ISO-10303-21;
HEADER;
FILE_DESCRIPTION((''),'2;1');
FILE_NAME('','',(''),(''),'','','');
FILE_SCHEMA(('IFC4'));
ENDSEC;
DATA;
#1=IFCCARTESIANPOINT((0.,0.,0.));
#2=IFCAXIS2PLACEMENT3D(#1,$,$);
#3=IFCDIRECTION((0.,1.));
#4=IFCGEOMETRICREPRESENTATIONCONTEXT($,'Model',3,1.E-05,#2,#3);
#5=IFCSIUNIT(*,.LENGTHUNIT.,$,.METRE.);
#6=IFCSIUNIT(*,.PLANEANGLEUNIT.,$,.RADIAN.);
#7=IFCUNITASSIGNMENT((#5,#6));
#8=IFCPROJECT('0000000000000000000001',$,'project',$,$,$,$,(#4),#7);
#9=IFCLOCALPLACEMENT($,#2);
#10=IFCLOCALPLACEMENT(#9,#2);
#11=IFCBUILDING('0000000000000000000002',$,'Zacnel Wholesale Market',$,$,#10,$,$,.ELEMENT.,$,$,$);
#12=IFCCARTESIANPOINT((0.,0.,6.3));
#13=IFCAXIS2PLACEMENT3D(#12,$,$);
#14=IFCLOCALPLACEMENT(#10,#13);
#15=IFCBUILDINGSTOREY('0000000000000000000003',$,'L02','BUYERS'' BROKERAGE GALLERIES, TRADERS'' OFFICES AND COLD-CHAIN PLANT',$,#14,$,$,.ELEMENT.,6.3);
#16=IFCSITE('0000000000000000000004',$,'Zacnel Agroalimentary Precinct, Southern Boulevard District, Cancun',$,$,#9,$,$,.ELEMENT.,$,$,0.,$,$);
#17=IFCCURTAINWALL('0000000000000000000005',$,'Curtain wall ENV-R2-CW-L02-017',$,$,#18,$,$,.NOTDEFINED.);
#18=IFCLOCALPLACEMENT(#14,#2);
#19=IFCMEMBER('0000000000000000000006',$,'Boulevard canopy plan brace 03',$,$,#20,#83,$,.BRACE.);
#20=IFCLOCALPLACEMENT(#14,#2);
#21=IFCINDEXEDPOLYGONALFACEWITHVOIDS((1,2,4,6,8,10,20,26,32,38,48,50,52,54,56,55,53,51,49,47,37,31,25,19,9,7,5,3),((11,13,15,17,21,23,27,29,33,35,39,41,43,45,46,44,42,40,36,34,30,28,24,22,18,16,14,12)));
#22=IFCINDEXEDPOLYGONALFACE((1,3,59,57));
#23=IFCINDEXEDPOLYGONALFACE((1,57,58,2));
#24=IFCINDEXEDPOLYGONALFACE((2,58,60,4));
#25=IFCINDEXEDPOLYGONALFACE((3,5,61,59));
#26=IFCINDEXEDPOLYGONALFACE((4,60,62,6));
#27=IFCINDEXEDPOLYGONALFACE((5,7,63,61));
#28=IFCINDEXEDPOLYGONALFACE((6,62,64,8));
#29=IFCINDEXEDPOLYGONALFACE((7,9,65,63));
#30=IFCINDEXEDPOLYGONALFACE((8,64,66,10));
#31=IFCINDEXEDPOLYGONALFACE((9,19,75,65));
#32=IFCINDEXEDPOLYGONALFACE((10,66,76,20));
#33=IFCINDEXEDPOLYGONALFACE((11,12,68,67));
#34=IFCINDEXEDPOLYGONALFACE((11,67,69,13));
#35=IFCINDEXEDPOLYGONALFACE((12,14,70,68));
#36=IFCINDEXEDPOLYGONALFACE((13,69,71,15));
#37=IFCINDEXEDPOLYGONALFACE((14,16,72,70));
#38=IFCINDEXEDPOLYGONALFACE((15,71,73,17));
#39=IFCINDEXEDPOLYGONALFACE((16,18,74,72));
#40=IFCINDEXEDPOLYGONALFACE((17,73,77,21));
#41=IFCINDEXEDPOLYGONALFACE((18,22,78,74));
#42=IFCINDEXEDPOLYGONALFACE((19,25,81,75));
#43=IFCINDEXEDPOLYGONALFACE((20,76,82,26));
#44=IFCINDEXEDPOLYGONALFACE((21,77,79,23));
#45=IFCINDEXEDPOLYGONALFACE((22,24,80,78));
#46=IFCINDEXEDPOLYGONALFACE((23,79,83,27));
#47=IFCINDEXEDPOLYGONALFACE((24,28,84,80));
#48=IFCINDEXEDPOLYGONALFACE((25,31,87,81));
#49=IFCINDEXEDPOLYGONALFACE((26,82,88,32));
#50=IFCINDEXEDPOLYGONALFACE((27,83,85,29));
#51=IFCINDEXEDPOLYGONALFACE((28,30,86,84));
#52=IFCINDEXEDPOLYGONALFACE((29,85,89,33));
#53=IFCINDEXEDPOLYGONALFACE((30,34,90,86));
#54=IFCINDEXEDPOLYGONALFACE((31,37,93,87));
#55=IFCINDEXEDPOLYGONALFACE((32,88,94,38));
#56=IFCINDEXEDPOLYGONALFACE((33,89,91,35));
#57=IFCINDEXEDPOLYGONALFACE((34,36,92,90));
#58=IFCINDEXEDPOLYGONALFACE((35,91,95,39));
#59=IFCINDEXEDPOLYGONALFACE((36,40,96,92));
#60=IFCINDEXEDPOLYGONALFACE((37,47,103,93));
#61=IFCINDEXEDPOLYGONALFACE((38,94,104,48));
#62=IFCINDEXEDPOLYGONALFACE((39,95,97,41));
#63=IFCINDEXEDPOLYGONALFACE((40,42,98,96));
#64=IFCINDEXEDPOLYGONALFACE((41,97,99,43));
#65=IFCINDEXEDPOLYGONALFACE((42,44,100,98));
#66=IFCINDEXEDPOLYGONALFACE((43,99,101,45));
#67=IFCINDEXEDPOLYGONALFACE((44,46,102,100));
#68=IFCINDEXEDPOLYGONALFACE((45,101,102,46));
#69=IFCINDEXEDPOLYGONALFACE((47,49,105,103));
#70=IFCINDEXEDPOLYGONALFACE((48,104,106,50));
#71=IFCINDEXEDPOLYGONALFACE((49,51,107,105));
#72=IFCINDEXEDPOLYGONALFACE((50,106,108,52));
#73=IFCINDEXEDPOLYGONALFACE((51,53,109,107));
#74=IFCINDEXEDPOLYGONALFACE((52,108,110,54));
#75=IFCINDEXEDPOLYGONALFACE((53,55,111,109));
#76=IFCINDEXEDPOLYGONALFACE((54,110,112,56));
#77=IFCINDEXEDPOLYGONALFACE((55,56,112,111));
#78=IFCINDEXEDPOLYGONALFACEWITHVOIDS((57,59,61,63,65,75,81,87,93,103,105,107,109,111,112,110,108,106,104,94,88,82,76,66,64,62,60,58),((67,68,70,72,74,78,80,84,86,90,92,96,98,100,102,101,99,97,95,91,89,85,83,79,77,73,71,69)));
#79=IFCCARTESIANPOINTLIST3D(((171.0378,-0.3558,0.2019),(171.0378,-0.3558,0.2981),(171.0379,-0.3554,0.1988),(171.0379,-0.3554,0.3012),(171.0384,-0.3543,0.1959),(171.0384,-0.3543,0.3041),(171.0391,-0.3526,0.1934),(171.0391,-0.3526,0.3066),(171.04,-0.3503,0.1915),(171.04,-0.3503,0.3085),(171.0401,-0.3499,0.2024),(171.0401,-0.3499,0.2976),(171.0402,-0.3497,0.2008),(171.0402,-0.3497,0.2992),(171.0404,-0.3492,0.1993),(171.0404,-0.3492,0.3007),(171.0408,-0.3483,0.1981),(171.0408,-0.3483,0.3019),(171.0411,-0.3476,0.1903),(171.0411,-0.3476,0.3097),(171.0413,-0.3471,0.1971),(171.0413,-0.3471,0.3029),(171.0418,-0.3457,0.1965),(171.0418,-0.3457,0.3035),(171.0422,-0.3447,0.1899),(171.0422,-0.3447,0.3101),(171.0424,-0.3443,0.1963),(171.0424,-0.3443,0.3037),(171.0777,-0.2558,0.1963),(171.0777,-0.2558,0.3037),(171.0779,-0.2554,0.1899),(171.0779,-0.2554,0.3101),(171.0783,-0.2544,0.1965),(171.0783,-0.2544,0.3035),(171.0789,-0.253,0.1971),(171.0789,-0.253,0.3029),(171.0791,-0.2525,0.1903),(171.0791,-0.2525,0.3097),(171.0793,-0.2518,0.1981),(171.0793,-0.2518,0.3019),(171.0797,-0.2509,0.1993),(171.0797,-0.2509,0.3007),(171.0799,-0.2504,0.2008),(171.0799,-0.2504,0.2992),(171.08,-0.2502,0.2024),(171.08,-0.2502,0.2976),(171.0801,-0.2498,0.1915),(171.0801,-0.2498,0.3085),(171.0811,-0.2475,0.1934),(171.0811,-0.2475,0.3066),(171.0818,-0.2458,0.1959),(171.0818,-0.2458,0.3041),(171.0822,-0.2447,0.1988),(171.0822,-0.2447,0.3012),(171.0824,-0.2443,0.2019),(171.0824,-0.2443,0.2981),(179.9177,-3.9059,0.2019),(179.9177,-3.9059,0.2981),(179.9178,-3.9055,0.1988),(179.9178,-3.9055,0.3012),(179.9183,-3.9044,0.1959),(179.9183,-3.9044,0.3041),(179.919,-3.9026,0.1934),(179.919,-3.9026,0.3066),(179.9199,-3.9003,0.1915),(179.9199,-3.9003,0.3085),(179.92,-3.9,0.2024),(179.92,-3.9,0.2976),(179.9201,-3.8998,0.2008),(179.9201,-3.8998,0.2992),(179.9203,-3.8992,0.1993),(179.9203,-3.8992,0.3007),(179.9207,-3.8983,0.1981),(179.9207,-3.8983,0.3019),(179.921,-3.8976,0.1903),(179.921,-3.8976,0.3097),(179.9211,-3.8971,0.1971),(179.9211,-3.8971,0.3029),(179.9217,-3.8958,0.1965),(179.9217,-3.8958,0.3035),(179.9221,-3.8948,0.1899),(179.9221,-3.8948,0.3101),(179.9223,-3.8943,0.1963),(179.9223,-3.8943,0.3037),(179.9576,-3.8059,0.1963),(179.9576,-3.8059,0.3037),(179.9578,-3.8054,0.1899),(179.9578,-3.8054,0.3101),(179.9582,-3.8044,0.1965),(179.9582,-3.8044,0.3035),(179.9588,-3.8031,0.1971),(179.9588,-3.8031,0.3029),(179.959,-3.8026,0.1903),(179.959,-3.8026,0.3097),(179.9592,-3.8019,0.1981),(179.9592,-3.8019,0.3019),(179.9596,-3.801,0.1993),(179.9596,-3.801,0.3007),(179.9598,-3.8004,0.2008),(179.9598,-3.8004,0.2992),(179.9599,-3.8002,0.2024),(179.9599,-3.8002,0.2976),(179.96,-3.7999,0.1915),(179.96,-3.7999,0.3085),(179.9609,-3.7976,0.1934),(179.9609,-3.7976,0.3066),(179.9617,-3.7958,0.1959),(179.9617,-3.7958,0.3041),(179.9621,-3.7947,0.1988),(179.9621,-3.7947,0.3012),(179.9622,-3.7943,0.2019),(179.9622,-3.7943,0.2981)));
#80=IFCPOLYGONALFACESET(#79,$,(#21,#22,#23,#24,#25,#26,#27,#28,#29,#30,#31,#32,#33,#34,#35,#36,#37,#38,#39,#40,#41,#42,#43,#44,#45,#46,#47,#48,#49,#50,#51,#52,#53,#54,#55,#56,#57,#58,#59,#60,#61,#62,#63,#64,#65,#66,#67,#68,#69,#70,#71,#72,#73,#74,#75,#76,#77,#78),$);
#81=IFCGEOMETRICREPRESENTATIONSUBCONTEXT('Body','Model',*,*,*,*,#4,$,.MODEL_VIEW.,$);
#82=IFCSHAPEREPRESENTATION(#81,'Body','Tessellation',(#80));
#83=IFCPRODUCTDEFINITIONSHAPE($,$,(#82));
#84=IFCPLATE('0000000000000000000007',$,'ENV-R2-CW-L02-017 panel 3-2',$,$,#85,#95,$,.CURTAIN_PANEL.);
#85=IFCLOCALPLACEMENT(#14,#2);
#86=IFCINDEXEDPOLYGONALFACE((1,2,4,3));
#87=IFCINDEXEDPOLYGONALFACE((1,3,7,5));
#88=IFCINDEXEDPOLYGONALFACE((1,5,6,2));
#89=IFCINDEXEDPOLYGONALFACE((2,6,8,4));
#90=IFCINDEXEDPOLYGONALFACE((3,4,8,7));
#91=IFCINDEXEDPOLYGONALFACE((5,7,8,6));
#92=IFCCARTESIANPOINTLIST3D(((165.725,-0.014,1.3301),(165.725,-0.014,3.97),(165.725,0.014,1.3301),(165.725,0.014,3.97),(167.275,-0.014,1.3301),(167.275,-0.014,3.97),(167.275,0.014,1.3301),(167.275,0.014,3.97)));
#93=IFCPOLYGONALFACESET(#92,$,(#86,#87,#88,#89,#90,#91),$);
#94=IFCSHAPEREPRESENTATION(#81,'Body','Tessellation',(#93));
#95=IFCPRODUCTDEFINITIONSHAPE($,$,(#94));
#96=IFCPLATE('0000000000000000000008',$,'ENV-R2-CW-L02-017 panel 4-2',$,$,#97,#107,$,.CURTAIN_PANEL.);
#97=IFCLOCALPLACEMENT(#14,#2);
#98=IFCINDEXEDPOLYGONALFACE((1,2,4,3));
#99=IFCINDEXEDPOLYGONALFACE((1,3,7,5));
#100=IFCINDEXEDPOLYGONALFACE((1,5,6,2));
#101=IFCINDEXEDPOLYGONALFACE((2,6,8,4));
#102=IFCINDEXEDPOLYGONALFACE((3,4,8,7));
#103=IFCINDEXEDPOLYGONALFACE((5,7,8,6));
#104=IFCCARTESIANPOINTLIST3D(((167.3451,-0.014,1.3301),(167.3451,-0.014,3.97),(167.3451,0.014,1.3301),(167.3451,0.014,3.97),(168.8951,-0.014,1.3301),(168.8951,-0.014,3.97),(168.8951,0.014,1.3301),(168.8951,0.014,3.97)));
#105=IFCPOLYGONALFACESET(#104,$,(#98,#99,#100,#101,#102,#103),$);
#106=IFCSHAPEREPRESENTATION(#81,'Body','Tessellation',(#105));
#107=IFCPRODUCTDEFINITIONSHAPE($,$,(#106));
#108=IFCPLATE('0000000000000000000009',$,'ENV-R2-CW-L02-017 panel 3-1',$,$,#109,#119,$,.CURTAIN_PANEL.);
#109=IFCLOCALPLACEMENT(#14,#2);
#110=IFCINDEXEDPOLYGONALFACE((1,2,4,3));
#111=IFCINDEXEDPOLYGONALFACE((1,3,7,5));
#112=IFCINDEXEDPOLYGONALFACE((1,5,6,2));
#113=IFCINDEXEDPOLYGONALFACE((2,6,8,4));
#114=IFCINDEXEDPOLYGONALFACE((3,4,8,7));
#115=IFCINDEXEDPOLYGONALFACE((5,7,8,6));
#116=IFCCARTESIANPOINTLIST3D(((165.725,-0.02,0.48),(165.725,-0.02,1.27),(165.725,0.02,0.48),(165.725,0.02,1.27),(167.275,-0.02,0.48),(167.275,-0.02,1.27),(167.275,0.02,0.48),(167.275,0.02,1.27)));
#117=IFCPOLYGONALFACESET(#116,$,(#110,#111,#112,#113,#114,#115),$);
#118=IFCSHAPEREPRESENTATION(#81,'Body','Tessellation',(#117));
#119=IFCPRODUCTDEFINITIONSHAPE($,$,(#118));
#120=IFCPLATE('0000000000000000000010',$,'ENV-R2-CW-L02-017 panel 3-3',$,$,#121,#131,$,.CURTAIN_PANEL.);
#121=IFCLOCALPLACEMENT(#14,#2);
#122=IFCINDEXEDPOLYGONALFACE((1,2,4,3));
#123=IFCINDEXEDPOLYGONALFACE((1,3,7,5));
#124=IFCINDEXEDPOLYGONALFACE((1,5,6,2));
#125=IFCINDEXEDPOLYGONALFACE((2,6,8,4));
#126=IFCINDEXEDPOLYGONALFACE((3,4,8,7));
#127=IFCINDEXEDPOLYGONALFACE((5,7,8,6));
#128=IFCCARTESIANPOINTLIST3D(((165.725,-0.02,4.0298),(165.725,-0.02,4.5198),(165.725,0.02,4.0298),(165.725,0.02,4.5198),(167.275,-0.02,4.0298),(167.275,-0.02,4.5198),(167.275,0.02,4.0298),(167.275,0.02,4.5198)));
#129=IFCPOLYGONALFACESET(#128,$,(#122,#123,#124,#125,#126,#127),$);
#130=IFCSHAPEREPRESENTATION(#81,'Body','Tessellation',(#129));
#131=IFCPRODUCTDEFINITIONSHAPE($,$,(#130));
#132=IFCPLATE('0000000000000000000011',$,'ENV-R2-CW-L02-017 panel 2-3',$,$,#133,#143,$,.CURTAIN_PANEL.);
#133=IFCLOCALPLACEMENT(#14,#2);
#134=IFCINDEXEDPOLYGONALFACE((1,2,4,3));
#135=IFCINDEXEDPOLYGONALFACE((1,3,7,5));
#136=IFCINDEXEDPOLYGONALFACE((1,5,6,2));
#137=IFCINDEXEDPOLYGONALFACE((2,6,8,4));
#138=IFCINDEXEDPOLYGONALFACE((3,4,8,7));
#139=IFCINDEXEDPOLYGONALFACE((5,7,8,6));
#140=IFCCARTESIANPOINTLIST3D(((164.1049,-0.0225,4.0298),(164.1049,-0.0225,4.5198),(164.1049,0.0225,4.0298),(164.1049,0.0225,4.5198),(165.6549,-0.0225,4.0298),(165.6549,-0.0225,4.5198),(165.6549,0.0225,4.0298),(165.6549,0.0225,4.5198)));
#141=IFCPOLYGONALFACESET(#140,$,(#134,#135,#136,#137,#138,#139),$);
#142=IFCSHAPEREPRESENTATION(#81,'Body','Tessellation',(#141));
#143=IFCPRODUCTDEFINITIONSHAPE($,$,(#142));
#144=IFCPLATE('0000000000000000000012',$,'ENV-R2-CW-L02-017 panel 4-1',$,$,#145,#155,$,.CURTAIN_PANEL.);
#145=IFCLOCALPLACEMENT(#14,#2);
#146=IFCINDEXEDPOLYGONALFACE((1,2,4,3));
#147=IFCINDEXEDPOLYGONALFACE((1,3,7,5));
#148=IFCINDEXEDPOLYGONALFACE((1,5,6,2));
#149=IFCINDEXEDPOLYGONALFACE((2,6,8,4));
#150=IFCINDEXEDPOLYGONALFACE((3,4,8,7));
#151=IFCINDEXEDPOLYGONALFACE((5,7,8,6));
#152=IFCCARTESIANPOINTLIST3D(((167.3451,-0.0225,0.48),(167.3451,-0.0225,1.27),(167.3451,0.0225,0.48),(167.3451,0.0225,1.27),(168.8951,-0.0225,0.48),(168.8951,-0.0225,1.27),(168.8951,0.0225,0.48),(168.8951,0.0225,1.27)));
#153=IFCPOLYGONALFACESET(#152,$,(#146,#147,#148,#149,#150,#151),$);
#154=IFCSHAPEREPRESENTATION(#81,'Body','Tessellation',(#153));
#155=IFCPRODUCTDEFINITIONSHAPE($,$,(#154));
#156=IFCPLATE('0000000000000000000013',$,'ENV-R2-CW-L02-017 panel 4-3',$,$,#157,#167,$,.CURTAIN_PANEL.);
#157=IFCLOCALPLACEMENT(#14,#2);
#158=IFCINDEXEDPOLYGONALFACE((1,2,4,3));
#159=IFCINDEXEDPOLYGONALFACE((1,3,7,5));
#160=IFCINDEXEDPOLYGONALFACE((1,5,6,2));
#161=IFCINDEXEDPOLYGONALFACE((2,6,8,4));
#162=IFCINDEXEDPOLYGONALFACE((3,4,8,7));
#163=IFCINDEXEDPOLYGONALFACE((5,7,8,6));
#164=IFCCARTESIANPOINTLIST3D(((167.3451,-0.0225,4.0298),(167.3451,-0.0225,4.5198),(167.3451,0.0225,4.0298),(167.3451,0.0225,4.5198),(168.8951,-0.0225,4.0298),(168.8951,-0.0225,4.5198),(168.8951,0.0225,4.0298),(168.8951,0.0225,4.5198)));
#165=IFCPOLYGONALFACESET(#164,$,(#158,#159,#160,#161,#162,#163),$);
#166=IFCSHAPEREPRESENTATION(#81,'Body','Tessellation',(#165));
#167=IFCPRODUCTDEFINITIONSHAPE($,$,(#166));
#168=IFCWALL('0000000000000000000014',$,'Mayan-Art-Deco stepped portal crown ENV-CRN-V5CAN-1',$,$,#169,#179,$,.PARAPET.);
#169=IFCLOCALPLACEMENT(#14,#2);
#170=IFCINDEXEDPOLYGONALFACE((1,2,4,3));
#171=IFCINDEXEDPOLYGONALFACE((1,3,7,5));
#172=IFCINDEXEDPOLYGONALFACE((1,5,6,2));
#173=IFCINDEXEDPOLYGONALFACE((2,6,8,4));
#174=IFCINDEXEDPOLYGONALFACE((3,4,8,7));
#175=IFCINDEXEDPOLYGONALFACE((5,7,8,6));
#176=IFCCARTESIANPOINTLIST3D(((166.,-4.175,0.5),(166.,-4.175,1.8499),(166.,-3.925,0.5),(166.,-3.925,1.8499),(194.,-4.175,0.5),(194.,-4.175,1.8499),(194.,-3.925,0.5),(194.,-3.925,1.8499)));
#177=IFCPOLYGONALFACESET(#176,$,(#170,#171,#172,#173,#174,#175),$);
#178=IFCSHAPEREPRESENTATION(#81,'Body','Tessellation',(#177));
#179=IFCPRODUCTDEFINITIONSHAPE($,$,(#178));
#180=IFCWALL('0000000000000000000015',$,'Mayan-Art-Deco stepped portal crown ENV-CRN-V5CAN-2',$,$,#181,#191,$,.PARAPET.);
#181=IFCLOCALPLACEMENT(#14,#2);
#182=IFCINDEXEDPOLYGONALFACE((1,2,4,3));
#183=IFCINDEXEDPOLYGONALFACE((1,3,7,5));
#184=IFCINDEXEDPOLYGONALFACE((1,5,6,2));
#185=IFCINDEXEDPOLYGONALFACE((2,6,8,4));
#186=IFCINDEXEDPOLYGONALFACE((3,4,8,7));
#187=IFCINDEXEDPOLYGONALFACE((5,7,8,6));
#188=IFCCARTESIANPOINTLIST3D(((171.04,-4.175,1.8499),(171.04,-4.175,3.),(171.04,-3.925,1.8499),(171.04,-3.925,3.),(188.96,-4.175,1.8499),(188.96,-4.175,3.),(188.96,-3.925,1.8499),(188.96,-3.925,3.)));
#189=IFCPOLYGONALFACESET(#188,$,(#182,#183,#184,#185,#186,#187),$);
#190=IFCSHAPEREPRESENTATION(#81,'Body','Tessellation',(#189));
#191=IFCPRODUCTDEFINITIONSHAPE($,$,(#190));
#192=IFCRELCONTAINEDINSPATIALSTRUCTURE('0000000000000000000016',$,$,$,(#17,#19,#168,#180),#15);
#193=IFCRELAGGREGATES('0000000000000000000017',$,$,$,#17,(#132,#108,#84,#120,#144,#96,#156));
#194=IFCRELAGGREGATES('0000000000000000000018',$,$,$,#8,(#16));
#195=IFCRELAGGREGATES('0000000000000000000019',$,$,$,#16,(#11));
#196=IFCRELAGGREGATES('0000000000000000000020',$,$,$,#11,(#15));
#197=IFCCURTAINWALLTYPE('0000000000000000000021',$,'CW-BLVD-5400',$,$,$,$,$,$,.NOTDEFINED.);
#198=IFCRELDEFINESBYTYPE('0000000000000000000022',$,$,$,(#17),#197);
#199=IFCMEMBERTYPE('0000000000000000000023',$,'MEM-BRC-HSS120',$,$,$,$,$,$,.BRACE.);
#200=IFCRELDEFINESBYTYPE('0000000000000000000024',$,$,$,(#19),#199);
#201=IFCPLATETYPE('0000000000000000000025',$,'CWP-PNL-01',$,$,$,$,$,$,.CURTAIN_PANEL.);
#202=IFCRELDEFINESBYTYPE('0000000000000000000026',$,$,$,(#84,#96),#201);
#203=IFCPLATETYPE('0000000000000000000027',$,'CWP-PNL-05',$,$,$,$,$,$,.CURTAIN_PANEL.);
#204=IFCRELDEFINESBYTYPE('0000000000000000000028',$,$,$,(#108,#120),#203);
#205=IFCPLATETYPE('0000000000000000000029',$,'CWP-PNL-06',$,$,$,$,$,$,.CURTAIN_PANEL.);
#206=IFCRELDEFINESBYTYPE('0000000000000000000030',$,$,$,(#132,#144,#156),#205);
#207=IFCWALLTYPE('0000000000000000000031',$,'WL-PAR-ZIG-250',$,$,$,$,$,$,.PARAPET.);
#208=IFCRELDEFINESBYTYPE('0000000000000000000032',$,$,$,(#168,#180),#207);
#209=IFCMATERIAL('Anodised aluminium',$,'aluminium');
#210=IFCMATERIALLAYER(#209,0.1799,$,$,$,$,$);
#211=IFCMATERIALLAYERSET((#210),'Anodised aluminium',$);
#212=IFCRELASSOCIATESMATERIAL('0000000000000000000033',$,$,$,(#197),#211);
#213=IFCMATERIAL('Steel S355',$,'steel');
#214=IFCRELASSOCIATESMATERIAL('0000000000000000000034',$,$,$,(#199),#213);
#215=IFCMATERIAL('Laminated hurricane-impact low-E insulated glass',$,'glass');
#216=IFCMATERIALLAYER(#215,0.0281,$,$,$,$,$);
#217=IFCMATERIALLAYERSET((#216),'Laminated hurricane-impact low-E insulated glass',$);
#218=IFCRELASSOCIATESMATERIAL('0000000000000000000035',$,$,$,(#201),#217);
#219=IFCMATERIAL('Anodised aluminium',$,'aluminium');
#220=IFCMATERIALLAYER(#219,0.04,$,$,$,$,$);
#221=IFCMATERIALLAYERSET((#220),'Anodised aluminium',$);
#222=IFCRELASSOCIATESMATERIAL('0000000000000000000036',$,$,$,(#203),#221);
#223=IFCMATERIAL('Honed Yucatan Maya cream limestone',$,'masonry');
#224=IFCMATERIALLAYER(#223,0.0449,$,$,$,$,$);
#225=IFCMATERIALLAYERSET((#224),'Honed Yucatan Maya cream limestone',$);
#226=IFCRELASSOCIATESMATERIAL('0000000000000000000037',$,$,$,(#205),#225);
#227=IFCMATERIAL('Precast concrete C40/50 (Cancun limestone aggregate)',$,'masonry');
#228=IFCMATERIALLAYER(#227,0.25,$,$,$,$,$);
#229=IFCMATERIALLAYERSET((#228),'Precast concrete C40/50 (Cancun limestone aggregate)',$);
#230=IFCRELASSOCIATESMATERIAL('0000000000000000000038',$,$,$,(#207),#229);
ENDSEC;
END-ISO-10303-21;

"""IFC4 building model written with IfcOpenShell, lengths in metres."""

from ifc_helpers import new_model, si_unit, direction, frame, frame_2d, origin, origin_2d, place, context, subcontext, project, spatial, rectangle, hollow_rectangle, extrude, material, layer, layer_set, material_profile, profile_set, type_object, element, aggregate, save


model = new_model("IFC4")

# Units and contexts
model_context = context("Model", 3, precision=1e-05, world=origin(), true_north=direction((0.0, 1.0)))
body_context = subcontext(model_context, "Body", "Model", "MODEL_VIEW")
ifc_project = project(units=[si_unit("LENGTHUNIT", "METRE"), si_unit("PLANEANGLEUNIT", "RADIAN")], contexts=[model_context])

# Site, building, storey
site_placement = place(None, origin())
site = spatial("IfcSite", under=ifc_project, at=site_placement, Name="Zacnel Agroalimentary Precinct, Southern Boulevard District, Cancun", CompositionType="ELEMENT", RefElevation=0.0)
building_placement = place(site_placement, origin())
building = spatial("IfcBuilding", under=site, at=building_placement, Name="Zacnel Wholesale Market", CompositionType="ELEMENT")
storey_placement = place(building_placement, frame((0.0, 0.0, 6.3)))
storey = spatial("IfcBuildingStorey", under=building, at=storey_placement, Name="L02", Description="BUYERS' BROKERAGE GALLERIES, TRADERS' OFFICES AND COLD-CHAIN PLANT", CompositionType="ELEMENT", Elevation=6.3)

# Curtain wall
ifc_material_1 = material(Name="Anodised aluminium", Category="aluminium")
ifc_layer_1 = layer(ifc_material_1, 0.1799)
ifc_layer_set_1 = layer_set([ifc_layer_1], Name="Anodised aluminium")
curtain_wall_type = type_object("IfcCurtainWallType", Name="CW-BLVD-5400", PredefinedType="NOTDEFINED", material=ifc_layer_set_1)
curtain_wall_placement = place(storey_placement, origin())
curtain_wall = element("IfcCurtainWall", 1, at=curtain_wall_placement, inside=storey, type_object=curtain_wall_type, Name="Curtain wall ENV-R2-CW-L02-017", PredefinedType="NOTDEFINED")

# Member
ifc_material_2 = material(Name="Steel S355", Category="steel")
ifc_material_profile_1 = material_profile(ifc_material_2, hollow_rectangle(XDim=0.1201, YDim=0.1201, WallThickness=0.0063, InnerFilletRadius=0.0061, OuterFilletRadius=0.012, at=origin_2d()), Name="HSS 120x120x6.3")
ifc_profile_set_1 = profile_set([ifc_material_profile_1], Name="Steel S355")
member_type_1 = type_object("IfcMemberType", Name="MEM-BRC-HSS120", PredefinedType="BRACE", material=ifc_profile_set_1)
member_1_placement = place(storey_placement, frame((171.0601, -0.3, 0.25), z_axis=(0.928545, -0.371219, 0.0), x_axis=(0.371219, 0.928545, 0.0)))
element("IfcMember", 2, at=member_1_placement, inside=storey, type_object=member_type_1, Name="Boulevard canopy plan brace 03", PredefinedType="BRACE", context=body_context, shape_type="SweptSolid", body=[
    extrude(hollow_rectangle(XDim=0.1201, YDim=0.1201, WallThickness=0.0063, InnerFilletRadius=0.0061, OuterFilletRadius=0.012, at=origin_2d()), origin(), (0.0, 0.0, 1.0), 9.5632),
])

# Plates
ifc_material_3 = material(Name="Laminated hurricane-impact low-E insulated glass", Category="glass")
ifc_layer_2 = layer(ifc_material_3, 0.0281)
ifc_layer_set_2 = layer_set([ifc_layer_2], Name="Laminated hurricane-impact low-E insulated glass")
plate_type_1 = type_object("IfcPlateType", Name="CWP-PNL-01", PredefinedType="CURTAIN_PANEL", material=ifc_layer_set_2)
plate_1_placement = place(storey_placement, frame((166.5, 0.0, 1.3301), z_axis=(0.0, 0.0, 1.0), x_axis=(1.0, 0.0, 0.0)))
plate_1 = element("IfcPlate", 3, at=plate_1_placement, type_object=plate_type_1, Name="ENV-R2-CW-L02-017 panel 3-2", PredefinedType="CURTAIN_PANEL", context=body_context, shape_type="SweptSolid", body=[
    extrude(rectangle(XDim=1.55, YDim=0.0281, at=origin_2d()), origin(), (0.0, 0.0, 1.0), 2.6399),
])
plate_2_placement = place(storey_placement, frame((168.1201, 0.0, 1.3301), z_axis=(0.0, 0.0, 1.0), x_axis=(1.0, 0.0, 0.0)))
plate_2 = element("IfcPlate", 4, at=plate_2_placement, type_object=plate_type_1, Name="ENV-R2-CW-L02-017 panel 4-2", PredefinedType="CURTAIN_PANEL", context=body_context, shape_type="SweptSolid", body=[
    extrude(rectangle(XDim=1.55, YDim=0.0281, at=origin_2d()), origin(), (0.0, 0.0, 1.0), 2.6399),
])
ifc_material_4 = material(Name="Anodised aluminium", Category="aluminium")
ifc_layer_3 = layer(ifc_material_4, 0.04)
ifc_layer_set_3 = layer_set([ifc_layer_3], Name="Anodised aluminium")
plate_type_2 = type_object("IfcPlateType", Name="CWP-PNL-05", PredefinedType="CURTAIN_PANEL", material=ifc_layer_set_3)
plate_3_placement = place(storey_placement, frame((166.5, 0.0, 0.48), z_axis=(0.0, 0.0, 1.0), x_axis=(1.0, 0.0, 0.0)))
plate_3 = element("IfcPlate", 5, at=plate_3_placement, type_object=plate_type_2, Name="ENV-R2-CW-L02-017 panel 3-1", PredefinedType="CURTAIN_PANEL", context=body_context, shape_type="SweptSolid", body=[
    extrude(rectangle(XDim=1.55, YDim=0.04, at=origin_2d()), origin(), (0.0, 0.0, 1.0), 0.79),
])
plate_4_placement = place(storey_placement, frame((166.5, 0.0, 4.0298), z_axis=(0.0, 0.0, 1.0), x_axis=(1.0, 0.0, 0.0)))
plate_4 = element("IfcPlate", 6, at=plate_4_placement, type_object=plate_type_2, Name="ENV-R2-CW-L02-017 panel 3-3", PredefinedType="CURTAIN_PANEL", context=body_context, shape_type="SweptSolid", body=[
    extrude(rectangle(XDim=1.55, YDim=0.04, at=origin_2d()), origin(), (0.0, 0.0, 1.0), 0.49),
])
ifc_material_5 = material(Name="Honed Yucatan Maya cream limestone", Category="masonry")
ifc_layer_4 = layer(ifc_material_5, 0.0449)
ifc_layer_set_4 = layer_set([ifc_layer_4], Name="Honed Yucatan Maya cream limestone")
plate_type_3 = type_object("IfcPlateType", Name="CWP-PNL-06", PredefinedType="CURTAIN_PANEL", material=ifc_layer_set_4)
plate_5_placement = place(storey_placement, frame((164.8799, 0.0, 4.0298), z_axis=(0.0, 0.0, 1.0), x_axis=(1.0, 0.0, 0.0)))
plate_5 = element("IfcPlate", 7, at=plate_5_placement, type_object=plate_type_3, Name="ENV-R2-CW-L02-017 panel 2-3", PredefinedType="CURTAIN_PANEL", context=body_context, shape_type="SweptSolid", body=[
    extrude(rectangle(XDim=1.55, YDim=0.0449, at=origin_2d()), origin(), (0.0, 0.0, 1.0), 0.49),
])
plate_6_placement = place(storey_placement, frame((168.1201, 0.0, 0.48), z_axis=(0.0, 0.0, 1.0), x_axis=(1.0, 0.0, 0.0)))
plate_6 = element("IfcPlate", 8, at=plate_6_placement, type_object=plate_type_3, Name="ENV-R2-CW-L02-017 panel 4-1", PredefinedType="CURTAIN_PANEL", context=body_context, shape_type="SweptSolid", body=[
    extrude(rectangle(XDim=1.55, YDim=0.0449, at=origin_2d()), origin(), (0.0, 0.0, 1.0), 0.79),
])
plate_7_placement = place(storey_placement, frame((168.1201, 0.0, 4.0298), z_axis=(0.0, 0.0, 1.0), x_axis=(1.0, 0.0, 0.0)))
plate_7 = element("IfcPlate", 9, at=plate_7_placement, type_object=plate_type_3, Name="ENV-R2-CW-L02-017 panel 4-3", PredefinedType="CURTAIN_PANEL", context=body_context, shape_type="SweptSolid", body=[
    extrude(rectangle(XDim=1.55, YDim=0.0449, at=origin_2d()), origin(), (0.0, 0.0, 1.0), 0.49),
])
aggregate(curtain_wall, [plate_5, plate_3, plate_1, plate_4, plate_6, plate_2, plate_7])

# Walls
ifc_material_6 = material(Name="Precast concrete C40/50 (Cancun limestone aggregate)", Category="masonry")
ifc_layer_5 = layer(ifc_material_6, 0.25)
ifc_layer_set_5 = layer_set([ifc_layer_5], Name="Precast concrete C40/50 (Cancun limestone aggregate)")
wall_type = type_object("IfcWallType", Name="WL-PAR-ZIG-250", PredefinedType="PARAPET", material=ifc_layer_set_5)
wall_1_placement = place(storey_placement, frame((166.0, -4.05, 0.5), z_axis=(0.0, 0.0, 1.0), x_axis=(1.0, 0.0, 0.0)))
element("IfcWall", 10, at=wall_1_placement, inside=storey, type_object=wall_type, Name="Mayan-Art-Deco stepped portal crown ENV-CRN-V5CAN-1", PredefinedType="PARAPET", context=body_context, shape_type="SweptSolid", body=[
    extrude(rectangle(XDim=28.0, YDim=0.25, at=frame_2d((14.0, 0.0))), origin(), (0.0, 0.0, 1.0), 1.3499),
])
wall_2_placement = place(storey_placement, frame((171.04, -4.05, 1.8499), z_axis=(0.0, 0.0, 1.0), x_axis=(1.0, 0.0, 0.0)))
element("IfcWall", 11, at=wall_2_placement, inside=storey, type_object=wall_type, Name="Mayan-Art-Deco stepped portal crown ENV-CRN-V5CAN-2", PredefinedType="PARAPET", context=body_context, shape_type="SweptSolid", body=[
    extrude(rectangle(XDim=17.9199, YDim=0.25, at=frame_2d((8.96, 0.0))), origin(), (0.0, 0.0, 1.0), 1.1501),
])

save(model, "model.ifc")
